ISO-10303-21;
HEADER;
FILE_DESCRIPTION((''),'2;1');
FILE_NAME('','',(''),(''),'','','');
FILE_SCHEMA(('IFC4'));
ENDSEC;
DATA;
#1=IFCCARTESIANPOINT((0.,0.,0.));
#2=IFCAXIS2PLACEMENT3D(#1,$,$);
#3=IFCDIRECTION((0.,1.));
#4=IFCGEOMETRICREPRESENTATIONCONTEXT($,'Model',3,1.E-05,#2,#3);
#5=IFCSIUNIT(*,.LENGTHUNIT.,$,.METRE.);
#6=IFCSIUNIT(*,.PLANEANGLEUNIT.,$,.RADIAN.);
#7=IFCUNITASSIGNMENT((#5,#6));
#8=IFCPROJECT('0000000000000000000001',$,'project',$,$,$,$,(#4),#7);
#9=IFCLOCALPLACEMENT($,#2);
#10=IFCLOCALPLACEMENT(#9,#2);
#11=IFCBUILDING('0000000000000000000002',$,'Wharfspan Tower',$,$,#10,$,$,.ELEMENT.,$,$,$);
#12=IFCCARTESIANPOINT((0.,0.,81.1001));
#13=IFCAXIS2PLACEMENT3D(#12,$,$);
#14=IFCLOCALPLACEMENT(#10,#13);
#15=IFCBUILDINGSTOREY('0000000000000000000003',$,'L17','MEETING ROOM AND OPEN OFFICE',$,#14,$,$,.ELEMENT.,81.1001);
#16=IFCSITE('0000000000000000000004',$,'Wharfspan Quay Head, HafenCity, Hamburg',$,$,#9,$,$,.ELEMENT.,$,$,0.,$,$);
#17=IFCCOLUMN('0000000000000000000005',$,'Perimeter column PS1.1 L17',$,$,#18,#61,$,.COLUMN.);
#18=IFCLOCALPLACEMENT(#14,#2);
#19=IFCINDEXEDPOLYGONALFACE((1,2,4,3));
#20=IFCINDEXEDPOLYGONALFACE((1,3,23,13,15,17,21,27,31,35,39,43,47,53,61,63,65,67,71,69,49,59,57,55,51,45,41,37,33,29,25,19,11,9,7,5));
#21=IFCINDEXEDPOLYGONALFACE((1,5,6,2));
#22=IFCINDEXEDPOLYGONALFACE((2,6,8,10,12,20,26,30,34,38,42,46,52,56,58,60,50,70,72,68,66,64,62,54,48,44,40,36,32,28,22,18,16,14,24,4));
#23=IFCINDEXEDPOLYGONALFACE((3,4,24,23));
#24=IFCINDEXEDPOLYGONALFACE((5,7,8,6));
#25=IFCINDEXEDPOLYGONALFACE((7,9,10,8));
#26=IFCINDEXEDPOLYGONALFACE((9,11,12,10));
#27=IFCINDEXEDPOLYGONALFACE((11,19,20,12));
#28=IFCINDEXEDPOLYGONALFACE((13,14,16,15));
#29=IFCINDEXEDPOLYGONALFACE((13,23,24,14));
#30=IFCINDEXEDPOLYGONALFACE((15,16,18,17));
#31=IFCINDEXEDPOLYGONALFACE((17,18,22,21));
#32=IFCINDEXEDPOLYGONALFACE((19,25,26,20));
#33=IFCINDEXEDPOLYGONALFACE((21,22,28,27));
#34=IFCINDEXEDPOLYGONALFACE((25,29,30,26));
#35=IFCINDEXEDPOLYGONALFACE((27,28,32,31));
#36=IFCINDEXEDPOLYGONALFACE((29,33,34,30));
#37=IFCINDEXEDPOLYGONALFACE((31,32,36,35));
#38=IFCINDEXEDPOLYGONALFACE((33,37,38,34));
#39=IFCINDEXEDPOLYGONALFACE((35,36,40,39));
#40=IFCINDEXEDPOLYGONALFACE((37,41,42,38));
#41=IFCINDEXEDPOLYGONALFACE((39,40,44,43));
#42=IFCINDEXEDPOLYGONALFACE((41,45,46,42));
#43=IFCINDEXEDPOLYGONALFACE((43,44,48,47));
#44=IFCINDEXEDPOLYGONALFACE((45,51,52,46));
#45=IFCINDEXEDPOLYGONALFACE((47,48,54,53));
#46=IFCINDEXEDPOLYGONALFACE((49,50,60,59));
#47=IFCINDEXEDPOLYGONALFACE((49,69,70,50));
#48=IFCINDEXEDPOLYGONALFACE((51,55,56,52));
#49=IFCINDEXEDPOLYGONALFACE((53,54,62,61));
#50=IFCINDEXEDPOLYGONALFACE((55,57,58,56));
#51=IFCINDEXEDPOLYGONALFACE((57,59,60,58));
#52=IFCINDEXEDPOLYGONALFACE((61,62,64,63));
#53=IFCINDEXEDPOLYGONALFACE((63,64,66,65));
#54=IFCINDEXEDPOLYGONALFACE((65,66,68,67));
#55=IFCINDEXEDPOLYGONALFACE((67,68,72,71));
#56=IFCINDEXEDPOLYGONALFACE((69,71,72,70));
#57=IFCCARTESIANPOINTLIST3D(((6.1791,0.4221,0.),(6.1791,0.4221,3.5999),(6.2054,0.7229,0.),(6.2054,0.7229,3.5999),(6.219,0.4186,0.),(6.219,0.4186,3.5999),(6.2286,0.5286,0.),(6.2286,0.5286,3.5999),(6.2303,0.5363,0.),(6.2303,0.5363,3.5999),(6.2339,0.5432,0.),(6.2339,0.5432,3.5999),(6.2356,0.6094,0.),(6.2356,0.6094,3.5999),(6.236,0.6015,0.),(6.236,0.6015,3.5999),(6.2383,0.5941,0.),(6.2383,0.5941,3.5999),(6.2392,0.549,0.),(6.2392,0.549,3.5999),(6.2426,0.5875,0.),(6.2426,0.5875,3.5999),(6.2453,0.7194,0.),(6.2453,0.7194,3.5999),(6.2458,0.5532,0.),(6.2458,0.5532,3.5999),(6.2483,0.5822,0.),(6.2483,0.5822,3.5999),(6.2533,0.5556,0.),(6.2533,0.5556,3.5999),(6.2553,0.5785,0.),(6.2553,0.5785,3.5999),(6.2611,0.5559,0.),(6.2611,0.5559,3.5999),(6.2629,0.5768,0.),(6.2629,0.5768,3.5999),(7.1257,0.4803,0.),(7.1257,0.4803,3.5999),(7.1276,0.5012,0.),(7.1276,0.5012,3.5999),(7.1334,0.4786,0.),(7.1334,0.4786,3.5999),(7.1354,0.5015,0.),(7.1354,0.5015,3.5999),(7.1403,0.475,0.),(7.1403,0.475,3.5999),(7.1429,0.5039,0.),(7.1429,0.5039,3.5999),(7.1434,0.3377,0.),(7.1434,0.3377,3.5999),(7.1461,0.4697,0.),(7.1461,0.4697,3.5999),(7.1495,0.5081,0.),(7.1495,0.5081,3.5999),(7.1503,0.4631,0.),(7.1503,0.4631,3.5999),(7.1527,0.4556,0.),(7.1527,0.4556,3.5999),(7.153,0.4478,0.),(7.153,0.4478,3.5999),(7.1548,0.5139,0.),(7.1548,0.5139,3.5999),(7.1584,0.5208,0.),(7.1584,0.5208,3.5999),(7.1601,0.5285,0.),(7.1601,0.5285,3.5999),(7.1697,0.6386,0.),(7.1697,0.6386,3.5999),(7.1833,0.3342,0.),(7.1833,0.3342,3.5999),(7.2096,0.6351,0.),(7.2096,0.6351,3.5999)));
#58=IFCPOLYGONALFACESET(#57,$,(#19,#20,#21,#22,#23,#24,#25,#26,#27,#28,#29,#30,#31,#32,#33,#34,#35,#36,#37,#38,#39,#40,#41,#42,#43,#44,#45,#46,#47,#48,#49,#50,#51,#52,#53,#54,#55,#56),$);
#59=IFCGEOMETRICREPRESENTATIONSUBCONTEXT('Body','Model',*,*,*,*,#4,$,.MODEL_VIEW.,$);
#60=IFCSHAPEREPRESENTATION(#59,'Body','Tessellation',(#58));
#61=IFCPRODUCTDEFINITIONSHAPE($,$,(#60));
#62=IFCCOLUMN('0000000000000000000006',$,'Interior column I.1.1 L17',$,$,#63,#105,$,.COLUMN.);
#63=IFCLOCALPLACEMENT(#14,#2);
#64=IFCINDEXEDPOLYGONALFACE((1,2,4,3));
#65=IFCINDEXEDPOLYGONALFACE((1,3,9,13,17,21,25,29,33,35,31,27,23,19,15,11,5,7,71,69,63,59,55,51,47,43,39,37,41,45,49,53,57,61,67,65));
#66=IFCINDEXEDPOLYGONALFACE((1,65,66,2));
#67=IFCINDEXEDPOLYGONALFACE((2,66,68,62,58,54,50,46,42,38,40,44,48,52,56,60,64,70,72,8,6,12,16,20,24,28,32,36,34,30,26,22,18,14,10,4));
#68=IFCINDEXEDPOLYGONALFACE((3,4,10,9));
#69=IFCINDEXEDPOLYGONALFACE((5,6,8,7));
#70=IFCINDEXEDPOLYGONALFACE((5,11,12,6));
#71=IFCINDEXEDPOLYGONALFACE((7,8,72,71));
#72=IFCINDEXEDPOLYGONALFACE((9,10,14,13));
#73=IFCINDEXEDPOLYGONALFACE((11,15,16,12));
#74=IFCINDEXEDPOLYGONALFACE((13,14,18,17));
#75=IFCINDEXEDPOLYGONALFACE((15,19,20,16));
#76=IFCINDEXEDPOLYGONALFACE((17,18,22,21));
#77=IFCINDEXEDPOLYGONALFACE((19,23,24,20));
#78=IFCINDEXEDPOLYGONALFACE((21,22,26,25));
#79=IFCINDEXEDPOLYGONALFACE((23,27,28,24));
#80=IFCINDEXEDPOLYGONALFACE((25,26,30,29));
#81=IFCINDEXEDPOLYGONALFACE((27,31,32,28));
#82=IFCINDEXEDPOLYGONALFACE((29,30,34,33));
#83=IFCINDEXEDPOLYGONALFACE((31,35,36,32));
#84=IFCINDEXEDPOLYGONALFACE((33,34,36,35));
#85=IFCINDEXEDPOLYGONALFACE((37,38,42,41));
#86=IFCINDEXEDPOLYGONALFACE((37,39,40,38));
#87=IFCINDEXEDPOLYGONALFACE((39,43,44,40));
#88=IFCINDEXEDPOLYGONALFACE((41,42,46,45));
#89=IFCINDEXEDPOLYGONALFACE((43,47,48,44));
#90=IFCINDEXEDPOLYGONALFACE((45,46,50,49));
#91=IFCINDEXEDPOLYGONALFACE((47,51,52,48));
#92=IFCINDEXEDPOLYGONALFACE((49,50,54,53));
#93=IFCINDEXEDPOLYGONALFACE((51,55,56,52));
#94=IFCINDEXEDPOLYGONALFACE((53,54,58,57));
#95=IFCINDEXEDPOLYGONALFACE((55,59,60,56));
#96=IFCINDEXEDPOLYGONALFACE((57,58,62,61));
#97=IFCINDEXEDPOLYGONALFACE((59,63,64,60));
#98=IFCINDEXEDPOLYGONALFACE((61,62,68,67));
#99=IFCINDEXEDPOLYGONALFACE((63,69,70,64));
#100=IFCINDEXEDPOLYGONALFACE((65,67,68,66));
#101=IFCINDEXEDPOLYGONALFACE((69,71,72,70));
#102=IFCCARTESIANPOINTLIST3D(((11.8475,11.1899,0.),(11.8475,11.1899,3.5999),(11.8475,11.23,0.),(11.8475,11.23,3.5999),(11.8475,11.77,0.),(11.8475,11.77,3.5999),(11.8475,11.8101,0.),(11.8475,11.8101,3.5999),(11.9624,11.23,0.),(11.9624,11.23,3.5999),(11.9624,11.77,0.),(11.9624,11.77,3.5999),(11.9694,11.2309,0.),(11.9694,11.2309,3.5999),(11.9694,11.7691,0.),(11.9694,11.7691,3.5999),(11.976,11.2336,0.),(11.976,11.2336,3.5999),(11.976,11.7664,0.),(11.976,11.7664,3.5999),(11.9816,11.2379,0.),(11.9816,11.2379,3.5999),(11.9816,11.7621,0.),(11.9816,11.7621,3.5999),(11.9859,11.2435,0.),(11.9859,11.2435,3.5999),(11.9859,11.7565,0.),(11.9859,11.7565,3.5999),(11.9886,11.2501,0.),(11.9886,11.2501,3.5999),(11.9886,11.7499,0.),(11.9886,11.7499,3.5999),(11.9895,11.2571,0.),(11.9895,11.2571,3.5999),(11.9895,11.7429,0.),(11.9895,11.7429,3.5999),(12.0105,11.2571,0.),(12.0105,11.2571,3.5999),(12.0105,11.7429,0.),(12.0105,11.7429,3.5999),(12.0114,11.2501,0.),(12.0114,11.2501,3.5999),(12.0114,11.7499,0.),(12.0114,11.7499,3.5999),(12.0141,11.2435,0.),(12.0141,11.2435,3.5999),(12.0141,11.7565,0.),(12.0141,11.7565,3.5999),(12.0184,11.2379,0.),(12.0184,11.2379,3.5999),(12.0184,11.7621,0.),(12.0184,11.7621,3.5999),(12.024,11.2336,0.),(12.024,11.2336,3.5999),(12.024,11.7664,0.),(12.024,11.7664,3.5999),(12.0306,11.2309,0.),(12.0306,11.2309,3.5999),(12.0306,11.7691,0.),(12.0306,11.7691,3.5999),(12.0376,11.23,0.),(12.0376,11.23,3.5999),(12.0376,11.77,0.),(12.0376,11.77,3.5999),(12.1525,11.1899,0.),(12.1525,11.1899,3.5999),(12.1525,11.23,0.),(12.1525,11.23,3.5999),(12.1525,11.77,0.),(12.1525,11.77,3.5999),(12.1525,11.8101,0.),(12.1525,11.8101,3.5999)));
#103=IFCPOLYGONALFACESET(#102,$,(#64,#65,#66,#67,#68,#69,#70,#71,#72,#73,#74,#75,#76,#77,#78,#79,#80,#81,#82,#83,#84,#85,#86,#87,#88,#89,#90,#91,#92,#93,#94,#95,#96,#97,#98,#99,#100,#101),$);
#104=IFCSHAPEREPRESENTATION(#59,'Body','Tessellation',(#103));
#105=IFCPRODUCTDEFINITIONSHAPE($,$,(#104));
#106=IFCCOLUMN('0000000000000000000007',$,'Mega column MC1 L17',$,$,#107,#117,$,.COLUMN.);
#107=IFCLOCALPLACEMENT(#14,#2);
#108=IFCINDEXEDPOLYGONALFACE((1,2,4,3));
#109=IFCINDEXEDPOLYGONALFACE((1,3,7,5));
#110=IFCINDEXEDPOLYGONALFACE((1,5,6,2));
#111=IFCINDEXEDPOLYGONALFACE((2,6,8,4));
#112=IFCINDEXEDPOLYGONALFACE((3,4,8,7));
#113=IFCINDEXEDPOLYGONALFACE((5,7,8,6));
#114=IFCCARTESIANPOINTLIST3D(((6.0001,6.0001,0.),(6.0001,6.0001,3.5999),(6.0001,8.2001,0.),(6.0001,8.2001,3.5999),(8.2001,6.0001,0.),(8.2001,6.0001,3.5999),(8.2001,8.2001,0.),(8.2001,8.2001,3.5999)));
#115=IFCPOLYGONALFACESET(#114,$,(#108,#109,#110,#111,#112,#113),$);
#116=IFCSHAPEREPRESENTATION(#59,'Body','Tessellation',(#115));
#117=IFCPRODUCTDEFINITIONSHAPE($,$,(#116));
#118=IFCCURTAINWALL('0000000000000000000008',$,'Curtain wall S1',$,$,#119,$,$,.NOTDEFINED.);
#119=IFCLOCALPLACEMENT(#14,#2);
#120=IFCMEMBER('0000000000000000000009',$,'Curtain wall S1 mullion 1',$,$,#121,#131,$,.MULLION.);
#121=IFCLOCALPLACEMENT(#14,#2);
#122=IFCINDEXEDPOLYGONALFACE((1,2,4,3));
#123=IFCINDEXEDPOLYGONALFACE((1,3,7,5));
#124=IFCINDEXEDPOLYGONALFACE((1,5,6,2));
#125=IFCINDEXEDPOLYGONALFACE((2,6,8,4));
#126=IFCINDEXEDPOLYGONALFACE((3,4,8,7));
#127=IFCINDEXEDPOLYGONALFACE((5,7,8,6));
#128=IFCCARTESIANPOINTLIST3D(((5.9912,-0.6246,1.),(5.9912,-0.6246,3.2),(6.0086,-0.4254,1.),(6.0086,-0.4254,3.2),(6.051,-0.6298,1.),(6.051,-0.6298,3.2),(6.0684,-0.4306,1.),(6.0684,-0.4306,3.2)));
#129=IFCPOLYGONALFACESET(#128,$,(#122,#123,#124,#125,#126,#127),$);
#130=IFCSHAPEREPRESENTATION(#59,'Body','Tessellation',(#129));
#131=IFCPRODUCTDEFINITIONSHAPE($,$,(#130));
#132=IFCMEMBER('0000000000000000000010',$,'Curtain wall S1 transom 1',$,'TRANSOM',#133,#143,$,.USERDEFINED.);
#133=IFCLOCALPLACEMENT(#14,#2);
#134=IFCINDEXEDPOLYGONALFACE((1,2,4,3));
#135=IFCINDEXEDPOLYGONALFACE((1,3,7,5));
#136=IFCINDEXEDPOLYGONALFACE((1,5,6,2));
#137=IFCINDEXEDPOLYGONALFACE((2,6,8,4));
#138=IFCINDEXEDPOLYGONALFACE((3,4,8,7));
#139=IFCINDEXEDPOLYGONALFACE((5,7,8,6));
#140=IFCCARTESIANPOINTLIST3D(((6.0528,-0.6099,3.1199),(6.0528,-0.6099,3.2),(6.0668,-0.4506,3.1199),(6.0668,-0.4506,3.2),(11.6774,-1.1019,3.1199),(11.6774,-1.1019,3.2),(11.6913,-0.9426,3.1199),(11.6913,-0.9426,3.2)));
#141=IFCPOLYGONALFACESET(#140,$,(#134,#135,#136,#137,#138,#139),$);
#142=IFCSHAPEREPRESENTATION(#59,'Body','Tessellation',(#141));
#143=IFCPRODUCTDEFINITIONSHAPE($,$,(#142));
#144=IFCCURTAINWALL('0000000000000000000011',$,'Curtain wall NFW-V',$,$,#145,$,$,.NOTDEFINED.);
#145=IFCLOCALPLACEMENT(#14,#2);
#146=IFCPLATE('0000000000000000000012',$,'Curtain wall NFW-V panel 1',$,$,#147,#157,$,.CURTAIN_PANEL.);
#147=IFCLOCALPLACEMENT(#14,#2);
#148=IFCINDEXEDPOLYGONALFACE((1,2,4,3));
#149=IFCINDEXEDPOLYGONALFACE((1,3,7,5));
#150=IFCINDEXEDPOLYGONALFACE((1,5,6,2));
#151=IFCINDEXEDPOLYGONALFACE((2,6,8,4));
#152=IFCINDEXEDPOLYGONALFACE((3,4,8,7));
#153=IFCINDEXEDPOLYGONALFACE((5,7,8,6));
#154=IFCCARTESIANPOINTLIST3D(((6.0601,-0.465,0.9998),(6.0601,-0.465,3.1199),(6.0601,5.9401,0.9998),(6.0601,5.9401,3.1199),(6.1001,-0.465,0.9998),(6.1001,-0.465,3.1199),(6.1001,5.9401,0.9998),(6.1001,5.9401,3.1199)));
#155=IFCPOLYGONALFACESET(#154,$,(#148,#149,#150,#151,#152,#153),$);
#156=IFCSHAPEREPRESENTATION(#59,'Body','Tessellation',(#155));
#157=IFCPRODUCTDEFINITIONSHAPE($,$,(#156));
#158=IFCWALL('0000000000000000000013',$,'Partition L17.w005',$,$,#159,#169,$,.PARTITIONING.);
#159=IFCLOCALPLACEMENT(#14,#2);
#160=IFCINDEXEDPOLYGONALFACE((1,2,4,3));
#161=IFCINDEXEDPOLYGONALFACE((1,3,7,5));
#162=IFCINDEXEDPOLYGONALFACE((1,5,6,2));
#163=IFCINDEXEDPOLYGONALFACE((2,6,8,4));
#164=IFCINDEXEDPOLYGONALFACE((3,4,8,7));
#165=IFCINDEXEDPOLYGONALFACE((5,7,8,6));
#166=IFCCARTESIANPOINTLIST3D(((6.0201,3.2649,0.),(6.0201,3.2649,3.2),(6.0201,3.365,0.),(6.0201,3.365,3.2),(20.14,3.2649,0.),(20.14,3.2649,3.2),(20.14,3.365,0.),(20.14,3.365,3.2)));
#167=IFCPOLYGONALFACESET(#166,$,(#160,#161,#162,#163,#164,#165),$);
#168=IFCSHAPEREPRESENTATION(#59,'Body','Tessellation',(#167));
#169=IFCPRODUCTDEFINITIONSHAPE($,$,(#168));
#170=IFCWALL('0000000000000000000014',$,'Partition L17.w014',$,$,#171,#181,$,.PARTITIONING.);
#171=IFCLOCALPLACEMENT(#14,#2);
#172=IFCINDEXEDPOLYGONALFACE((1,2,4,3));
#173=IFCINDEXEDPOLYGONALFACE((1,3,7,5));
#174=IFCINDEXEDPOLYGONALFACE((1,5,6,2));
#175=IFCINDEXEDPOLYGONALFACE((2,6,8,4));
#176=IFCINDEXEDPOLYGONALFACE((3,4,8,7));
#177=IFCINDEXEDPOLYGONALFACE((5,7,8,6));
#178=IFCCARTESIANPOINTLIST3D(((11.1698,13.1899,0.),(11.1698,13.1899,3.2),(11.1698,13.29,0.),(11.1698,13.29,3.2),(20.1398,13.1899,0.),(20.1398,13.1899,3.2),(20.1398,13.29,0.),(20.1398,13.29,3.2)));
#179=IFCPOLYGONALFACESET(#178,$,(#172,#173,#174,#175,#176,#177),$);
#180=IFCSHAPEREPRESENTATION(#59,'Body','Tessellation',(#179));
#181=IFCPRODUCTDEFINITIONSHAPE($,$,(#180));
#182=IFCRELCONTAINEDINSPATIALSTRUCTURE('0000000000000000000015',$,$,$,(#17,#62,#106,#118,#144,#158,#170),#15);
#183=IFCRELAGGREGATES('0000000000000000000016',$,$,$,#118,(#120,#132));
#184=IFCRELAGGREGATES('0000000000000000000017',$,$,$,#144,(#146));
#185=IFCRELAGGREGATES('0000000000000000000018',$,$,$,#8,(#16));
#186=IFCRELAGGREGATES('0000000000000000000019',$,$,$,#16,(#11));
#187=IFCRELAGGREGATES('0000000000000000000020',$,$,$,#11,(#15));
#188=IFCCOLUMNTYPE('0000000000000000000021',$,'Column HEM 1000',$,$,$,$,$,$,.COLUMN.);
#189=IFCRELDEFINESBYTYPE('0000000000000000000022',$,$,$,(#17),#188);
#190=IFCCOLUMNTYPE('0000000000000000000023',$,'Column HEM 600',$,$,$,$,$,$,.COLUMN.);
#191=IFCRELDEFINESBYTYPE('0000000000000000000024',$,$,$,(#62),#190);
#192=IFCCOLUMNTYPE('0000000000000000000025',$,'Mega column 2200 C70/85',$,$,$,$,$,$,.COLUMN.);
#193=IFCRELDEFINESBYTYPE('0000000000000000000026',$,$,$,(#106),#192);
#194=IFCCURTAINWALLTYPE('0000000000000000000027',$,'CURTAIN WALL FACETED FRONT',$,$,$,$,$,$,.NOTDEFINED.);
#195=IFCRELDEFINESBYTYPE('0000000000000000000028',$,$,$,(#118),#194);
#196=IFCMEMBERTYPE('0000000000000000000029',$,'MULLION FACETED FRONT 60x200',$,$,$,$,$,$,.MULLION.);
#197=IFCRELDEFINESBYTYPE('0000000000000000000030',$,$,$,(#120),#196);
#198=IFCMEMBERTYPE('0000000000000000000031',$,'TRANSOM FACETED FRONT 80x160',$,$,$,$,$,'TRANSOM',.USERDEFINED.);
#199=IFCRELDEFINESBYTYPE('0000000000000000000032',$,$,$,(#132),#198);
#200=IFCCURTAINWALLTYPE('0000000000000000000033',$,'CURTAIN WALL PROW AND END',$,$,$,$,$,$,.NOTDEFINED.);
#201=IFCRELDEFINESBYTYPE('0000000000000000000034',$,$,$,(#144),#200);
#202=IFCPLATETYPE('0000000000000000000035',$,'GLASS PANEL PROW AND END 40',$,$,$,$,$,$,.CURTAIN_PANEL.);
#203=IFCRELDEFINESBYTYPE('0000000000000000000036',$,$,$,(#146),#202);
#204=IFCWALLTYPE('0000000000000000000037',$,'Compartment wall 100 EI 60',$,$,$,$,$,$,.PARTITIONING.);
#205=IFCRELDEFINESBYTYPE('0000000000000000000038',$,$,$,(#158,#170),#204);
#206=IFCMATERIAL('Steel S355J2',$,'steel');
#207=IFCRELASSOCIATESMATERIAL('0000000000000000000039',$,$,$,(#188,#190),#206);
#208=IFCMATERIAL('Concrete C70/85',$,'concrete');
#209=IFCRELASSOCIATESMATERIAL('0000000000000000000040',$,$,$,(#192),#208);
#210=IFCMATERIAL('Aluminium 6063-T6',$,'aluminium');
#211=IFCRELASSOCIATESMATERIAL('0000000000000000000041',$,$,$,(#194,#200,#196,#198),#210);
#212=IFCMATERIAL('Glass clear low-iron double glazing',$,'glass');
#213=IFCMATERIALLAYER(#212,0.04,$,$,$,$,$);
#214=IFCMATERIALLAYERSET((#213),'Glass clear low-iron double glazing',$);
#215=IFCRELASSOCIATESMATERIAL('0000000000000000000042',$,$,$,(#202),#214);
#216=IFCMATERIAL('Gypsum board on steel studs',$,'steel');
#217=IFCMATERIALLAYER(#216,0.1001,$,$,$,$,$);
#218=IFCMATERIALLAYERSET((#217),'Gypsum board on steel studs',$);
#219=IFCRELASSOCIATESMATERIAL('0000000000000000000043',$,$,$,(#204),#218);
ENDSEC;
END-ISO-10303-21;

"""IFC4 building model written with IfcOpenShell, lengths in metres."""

from ifc_helpers import new_model, si_unit, direction, frame, frame_2d, origin, origin_2d, place, context, subcontext, project, spatial, rectangle, i_section, extrude, material, layer, layer_set, material_profile, profile_set, type_object, element, aggregate, save


model = new_model("IFC4")

# Units and contexts
model_context = context("Model", 3, precision=1e-05, world=origin(), true_north=direction((0.0, 1.0)))
body_context = subcontext(model_context, "Body", "Model", "MODEL_VIEW")
ifc_project = project(units=[si_unit("LENGTHUNIT", "METRE"), si_unit("PLANEANGLEUNIT", "RADIAN")], contexts=[model_context])

# Site, building, storey
site_placement = place(None, origin())
site = spatial("IfcSite", under=ifc_project, at=site_placement, Name="Wharfspan Quay Head, HafenCity, Hamburg", CompositionType="ELEMENT", RefElevation=0.0)
building_placement = place(site_placement, origin())
building = spatial("IfcBuilding", under=site, at=building_placement, Name="Wharfspan Tower", CompositionType="ELEMENT")
storey_placement = place(building_placement, frame((0.0, 0.0, 81.1001)))
storey = spatial("IfcBuildingStorey", under=building, at=storey_placement, Name="L17", Description="MEETING ROOM AND OPEN OFFICE", CompositionType="ELEMENT", Elevation=81.1001)

# Columns
ifc_material_1 = material(Name="Steel S355J2", Category="steel")
ifc_material_profile_1 = material_profile(ifc_material_1, i_section(OverallWidth=0.302, OverallDepth=1.0081, WebThickness=0.021, FlangeThickness=0.04, FilletRadius=0.03, at=origin_2d()))
ifc_profile_set_1 = profile_set([ifc_material_profile_1], Name="Steel S355J2")
column_type_1 = type_object("IfcColumnType", Name="Column HEM 1000", PredefinedType="COLUMN", material=ifc_profile_set_1)
column_1_placement = place(storey_placement, frame((6.6943, 0.5286, 0.0), z_axis=(0.0, 0.0, 1.0), x_axis=(-0.087156, -0.996198, 0.0)))
element("IfcColumn", 1, at=column_1_placement, inside=storey, type_object=column_type_1, Name="Perimeter column PS1.1 L17", PredefinedType="COLUMN", context=body_context, shape_type="SweptSolid", body=[
    extrude(i_section(OverallWidth=0.302, OverallDepth=1.0081, WebThickness=0.021, FlangeThickness=0.04, FilletRadius=0.03, at=origin_2d()), origin(), (0.0, 0.0, 1.0), 3.5999),
])
ifc_material_profile_2 = material_profile(ifc_material_1, i_section(OverallWidth=0.3049, OverallDepth=0.6201, WebThickness=0.021, FlangeThickness=0.04, FilletRadius=0.0271, at=origin_2d()))
ifc_profile_set_2 = profile_set([ifc_material_profile_2], Name="Steel S355J2")
column_type_2 = type_object("IfcColumnType", Name="Column HEM 600", PredefinedType="COLUMN", material=ifc_profile_set_2)
column_2_placement = place(storey_placement, frame((12.0, 11.5, 0.0), z_axis=(0.0, 0.0, 1.0), x_axis=(1.0, 0.0, 0.0)))
element("IfcColumn", 2, at=column_2_placement, inside=storey, type_object=column_type_2, Name="Interior column I.1.1 L17", PredefinedType="COLUMN", context=body_context, shape_type="SweptSolid", body=[
    extrude(i_section(OverallWidth=0.3049, OverallDepth=0.6201, WebThickness=0.021, FlangeThickness=0.04, FilletRadius=0.0271, at=origin_2d()), origin(), (0.0, 0.0, 1.0), 3.5999),
])
ifc_material_2 = material(Name="Concrete C70/85", Category="concrete")
ifc_material_profile_3 = material_profile(ifc_material_2, rectangle(XDim=2.2, YDim=2.2, at=origin_2d()))
ifc_profile_set_3 = profile_set([ifc_material_profile_3], Name="Concrete C70/85")
column_type_3 = type_object("IfcColumnType", Name="Mega column 2200 C70/85", PredefinedType="COLUMN", material=ifc_profile_set_3)
column_3_placement = place(storey_placement, frame((7.1001, 7.1001, 0.0), z_axis=(0.0, 0.0, 1.0), x_axis=(1.0, 0.0, 0.0)))
element("IfcColumn", 3, at=column_3_placement, inside=storey, type_object=column_type_3, Name="Mega column MC1 L17", PredefinedType="COLUMN", context=body_context, shape_type="SweptSolid", body=[
    extrude(rectangle(XDim=2.2, YDim=2.2, at=origin_2d()), origin(), (0.0, 0.0, 1.0), 3.5999),
])

# Curtain wall, members
ifc_material_3 = material(Name="Aluminium 6063-T6", Category="aluminium")
curtain_wall_type_1 = type_object("IfcCurtainWallType", Name="CURTAIN WALL FACETED FRONT", PredefinedType="NOTDEFINED", material=ifc_material_3)
curtain_wall_1_placement = place(storey_placement, origin())
curtain_wall_1 = element("IfcCurtainWall", 4, at=curtain_wall_1_placement, inside=storey, type_object=curtain_wall_type_1, Name="Curtain wall S1", PredefinedType="NOTDEFINED")
ifc_material_profile_4 = material_profile(ifc_material_3, rectangle(XDim=0.2, YDim=0.0601, at=origin_2d()))
ifc_profile_set_4 = profile_set([ifc_material_profile_4], Name="Aluminium 6063-T6")
member_type_1 = type_object("IfcMemberType", Name="MULLION FACETED FRONT 60x200", PredefinedType="MULLION", material=ifc_profile_set_4)
member_1_placement = place(storey_placement, frame((6.0298, -0.5276, 1.0), z_axis=(0.0, 0.0, 1.0), x_axis=(0.087156, 0.996197, 0.0)))
member_1 = element("IfcMember", 5, at=member_1_placement, type_object=member_type_1, Name="Curtain wall S1 mullion 1", PredefinedType="MULLION", context=body_context, shape_type="SweptSolid", body=[
    extrude(rectangle(XDim=0.2, YDim=0.0601, at=origin_2d()), origin(), (0.0, 0.0, 1.0), 2.2),
])
ifc_material_profile_5 = material_profile(ifc_material_3, rectangle(XDim=0.1599, YDim=0.0801, at=origin_2d()))
ifc_profile_set_5 = profile_set([ifc_material_profile_5], Name="Aluminium 6063-T6")
member_type_2 = type_object("IfcMemberType", Name="TRANSOM FACETED FRONT 80x160", ElementType="TRANSOM", PredefinedType="USERDEFINED", material=ifc_profile_set_5)
member_2_placement = place(storey_placement, frame((6.0598, -0.5303, 3.1599), z_axis=(0.996197, -0.087132, 0.0), x_axis=(0.087132, 0.996197, 0.0)))
member_2 = element("IfcMember", 6, at=member_2_placement, type_object=member_type_2, Name="Curtain wall S1 transom 1", ObjectType="TRANSOM", PredefinedType="USERDEFINED", context=body_context, shape_type="SweptSolid", body=[
    extrude(rectangle(XDim=0.1599, YDim=0.0801, at=origin_2d()), origin(), (0.0, 0.0, 1.0), 5.646),
])
aggregate(curtain_wall_1, [member_1, member_2])

# Curtain wall, plate
curtain_wall_type_2 = type_object("IfcCurtainWallType", Name="CURTAIN WALL PROW AND END", PredefinedType="NOTDEFINED", material=ifc_material_3)
curtain_wall_2_placement = place(storey_placement, origin())
curtain_wall_2 = element("IfcCurtainWall", 7, at=curtain_wall_2_placement, inside=storey, type_object=curtain_wall_type_2, Name="Curtain wall NFW-V", PredefinedType="NOTDEFINED")
ifc_material_4 = material(Name="Glass clear low-iron double glazing", Category="glass")
ifc_layer_1 = layer(ifc_material_4, 0.04)
ifc_layer_set_1 = layer_set([ifc_layer_1], Name="Glass clear low-iron double glazing")
plate_type = type_object("IfcPlateType", Name="GLASS PANEL PROW AND END 40", PredefinedType="CURTAIN_PANEL", material=ifc_layer_set_1)
plate_placement = place(storey_placement, frame((6.0801, 2.7375, 0.9998), z_axis=(0.0, 0.0, 1.0), x_axis=(0.0, -1.0, 0.0)))
plate = element("IfcPlate", 8, at=plate_placement, type_object=plate_type, Name="Curtain wall NFW-V panel 1", PredefinedType="CURTAIN_PANEL", context=body_context, shape_type="SweptSolid", body=[
    extrude(rectangle(XDim=6.405, YDim=0.04, at=origin_2d()), origin(), (0.0, 0.0, 1.0), 2.1201),
])
aggregate(curtain_wall_2, [plate])

# Walls
ifc_material_5 = material(Name="Gypsum board on steel studs", Category="steel")
ifc_layer_2 = layer(ifc_material_5, 0.1001)
ifc_layer_set_2 = layer_set([ifc_layer_2], Name="Gypsum board on steel studs")
wall_type_1 = type_object("IfcWallType", Name="Compartment wall 100 EI 60", PredefinedType="PARTITIONING", material=ifc_layer_set_2)
wall_1_placement = place(storey_placement, frame((6.02, 3.3149, 0.0), z_axis=(0.0, 0.0, 1.0), x_axis=(1.0, 0.0, 0.0)))
element("IfcWall", 9, at=wall_1_placement, inside=storey, type_object=wall_type_1, Name="Partition L17.w005", PredefinedType="PARTITIONING", context=body_context, shape_type="SweptSolid", body=[
    extrude(rectangle(XDim=14.1199, YDim=0.1001, at=frame_2d((7.0601, 0.0))), origin(), (0.0, 0.0, 1.0), 3.2),
])
for number, where, z_axis, x_axis, name in (
    (10, (11.1699, 13.24, 0.0), (0.0, 0.0, 1.0), (1.0, 0.0, 0.0), "Partition L17.w014"),
):
    element("IfcWall", number, at=place(storey_placement, frame(where, z_axis=z_axis, x_axis=x_axis)), inside=storey, type_object=wall_type_1, Name=name, PredefinedType="PARTITIONING", context=body_context, shape_type="SweptSolid", body=[
        extrude(rectangle(XDim=8.97, YDim=0.1001, at=frame_2d((4.4849, 0.0))), origin(), (0.0, 0.0, 1.0), 3.2),
    ])

save(model, "model.ifc")
